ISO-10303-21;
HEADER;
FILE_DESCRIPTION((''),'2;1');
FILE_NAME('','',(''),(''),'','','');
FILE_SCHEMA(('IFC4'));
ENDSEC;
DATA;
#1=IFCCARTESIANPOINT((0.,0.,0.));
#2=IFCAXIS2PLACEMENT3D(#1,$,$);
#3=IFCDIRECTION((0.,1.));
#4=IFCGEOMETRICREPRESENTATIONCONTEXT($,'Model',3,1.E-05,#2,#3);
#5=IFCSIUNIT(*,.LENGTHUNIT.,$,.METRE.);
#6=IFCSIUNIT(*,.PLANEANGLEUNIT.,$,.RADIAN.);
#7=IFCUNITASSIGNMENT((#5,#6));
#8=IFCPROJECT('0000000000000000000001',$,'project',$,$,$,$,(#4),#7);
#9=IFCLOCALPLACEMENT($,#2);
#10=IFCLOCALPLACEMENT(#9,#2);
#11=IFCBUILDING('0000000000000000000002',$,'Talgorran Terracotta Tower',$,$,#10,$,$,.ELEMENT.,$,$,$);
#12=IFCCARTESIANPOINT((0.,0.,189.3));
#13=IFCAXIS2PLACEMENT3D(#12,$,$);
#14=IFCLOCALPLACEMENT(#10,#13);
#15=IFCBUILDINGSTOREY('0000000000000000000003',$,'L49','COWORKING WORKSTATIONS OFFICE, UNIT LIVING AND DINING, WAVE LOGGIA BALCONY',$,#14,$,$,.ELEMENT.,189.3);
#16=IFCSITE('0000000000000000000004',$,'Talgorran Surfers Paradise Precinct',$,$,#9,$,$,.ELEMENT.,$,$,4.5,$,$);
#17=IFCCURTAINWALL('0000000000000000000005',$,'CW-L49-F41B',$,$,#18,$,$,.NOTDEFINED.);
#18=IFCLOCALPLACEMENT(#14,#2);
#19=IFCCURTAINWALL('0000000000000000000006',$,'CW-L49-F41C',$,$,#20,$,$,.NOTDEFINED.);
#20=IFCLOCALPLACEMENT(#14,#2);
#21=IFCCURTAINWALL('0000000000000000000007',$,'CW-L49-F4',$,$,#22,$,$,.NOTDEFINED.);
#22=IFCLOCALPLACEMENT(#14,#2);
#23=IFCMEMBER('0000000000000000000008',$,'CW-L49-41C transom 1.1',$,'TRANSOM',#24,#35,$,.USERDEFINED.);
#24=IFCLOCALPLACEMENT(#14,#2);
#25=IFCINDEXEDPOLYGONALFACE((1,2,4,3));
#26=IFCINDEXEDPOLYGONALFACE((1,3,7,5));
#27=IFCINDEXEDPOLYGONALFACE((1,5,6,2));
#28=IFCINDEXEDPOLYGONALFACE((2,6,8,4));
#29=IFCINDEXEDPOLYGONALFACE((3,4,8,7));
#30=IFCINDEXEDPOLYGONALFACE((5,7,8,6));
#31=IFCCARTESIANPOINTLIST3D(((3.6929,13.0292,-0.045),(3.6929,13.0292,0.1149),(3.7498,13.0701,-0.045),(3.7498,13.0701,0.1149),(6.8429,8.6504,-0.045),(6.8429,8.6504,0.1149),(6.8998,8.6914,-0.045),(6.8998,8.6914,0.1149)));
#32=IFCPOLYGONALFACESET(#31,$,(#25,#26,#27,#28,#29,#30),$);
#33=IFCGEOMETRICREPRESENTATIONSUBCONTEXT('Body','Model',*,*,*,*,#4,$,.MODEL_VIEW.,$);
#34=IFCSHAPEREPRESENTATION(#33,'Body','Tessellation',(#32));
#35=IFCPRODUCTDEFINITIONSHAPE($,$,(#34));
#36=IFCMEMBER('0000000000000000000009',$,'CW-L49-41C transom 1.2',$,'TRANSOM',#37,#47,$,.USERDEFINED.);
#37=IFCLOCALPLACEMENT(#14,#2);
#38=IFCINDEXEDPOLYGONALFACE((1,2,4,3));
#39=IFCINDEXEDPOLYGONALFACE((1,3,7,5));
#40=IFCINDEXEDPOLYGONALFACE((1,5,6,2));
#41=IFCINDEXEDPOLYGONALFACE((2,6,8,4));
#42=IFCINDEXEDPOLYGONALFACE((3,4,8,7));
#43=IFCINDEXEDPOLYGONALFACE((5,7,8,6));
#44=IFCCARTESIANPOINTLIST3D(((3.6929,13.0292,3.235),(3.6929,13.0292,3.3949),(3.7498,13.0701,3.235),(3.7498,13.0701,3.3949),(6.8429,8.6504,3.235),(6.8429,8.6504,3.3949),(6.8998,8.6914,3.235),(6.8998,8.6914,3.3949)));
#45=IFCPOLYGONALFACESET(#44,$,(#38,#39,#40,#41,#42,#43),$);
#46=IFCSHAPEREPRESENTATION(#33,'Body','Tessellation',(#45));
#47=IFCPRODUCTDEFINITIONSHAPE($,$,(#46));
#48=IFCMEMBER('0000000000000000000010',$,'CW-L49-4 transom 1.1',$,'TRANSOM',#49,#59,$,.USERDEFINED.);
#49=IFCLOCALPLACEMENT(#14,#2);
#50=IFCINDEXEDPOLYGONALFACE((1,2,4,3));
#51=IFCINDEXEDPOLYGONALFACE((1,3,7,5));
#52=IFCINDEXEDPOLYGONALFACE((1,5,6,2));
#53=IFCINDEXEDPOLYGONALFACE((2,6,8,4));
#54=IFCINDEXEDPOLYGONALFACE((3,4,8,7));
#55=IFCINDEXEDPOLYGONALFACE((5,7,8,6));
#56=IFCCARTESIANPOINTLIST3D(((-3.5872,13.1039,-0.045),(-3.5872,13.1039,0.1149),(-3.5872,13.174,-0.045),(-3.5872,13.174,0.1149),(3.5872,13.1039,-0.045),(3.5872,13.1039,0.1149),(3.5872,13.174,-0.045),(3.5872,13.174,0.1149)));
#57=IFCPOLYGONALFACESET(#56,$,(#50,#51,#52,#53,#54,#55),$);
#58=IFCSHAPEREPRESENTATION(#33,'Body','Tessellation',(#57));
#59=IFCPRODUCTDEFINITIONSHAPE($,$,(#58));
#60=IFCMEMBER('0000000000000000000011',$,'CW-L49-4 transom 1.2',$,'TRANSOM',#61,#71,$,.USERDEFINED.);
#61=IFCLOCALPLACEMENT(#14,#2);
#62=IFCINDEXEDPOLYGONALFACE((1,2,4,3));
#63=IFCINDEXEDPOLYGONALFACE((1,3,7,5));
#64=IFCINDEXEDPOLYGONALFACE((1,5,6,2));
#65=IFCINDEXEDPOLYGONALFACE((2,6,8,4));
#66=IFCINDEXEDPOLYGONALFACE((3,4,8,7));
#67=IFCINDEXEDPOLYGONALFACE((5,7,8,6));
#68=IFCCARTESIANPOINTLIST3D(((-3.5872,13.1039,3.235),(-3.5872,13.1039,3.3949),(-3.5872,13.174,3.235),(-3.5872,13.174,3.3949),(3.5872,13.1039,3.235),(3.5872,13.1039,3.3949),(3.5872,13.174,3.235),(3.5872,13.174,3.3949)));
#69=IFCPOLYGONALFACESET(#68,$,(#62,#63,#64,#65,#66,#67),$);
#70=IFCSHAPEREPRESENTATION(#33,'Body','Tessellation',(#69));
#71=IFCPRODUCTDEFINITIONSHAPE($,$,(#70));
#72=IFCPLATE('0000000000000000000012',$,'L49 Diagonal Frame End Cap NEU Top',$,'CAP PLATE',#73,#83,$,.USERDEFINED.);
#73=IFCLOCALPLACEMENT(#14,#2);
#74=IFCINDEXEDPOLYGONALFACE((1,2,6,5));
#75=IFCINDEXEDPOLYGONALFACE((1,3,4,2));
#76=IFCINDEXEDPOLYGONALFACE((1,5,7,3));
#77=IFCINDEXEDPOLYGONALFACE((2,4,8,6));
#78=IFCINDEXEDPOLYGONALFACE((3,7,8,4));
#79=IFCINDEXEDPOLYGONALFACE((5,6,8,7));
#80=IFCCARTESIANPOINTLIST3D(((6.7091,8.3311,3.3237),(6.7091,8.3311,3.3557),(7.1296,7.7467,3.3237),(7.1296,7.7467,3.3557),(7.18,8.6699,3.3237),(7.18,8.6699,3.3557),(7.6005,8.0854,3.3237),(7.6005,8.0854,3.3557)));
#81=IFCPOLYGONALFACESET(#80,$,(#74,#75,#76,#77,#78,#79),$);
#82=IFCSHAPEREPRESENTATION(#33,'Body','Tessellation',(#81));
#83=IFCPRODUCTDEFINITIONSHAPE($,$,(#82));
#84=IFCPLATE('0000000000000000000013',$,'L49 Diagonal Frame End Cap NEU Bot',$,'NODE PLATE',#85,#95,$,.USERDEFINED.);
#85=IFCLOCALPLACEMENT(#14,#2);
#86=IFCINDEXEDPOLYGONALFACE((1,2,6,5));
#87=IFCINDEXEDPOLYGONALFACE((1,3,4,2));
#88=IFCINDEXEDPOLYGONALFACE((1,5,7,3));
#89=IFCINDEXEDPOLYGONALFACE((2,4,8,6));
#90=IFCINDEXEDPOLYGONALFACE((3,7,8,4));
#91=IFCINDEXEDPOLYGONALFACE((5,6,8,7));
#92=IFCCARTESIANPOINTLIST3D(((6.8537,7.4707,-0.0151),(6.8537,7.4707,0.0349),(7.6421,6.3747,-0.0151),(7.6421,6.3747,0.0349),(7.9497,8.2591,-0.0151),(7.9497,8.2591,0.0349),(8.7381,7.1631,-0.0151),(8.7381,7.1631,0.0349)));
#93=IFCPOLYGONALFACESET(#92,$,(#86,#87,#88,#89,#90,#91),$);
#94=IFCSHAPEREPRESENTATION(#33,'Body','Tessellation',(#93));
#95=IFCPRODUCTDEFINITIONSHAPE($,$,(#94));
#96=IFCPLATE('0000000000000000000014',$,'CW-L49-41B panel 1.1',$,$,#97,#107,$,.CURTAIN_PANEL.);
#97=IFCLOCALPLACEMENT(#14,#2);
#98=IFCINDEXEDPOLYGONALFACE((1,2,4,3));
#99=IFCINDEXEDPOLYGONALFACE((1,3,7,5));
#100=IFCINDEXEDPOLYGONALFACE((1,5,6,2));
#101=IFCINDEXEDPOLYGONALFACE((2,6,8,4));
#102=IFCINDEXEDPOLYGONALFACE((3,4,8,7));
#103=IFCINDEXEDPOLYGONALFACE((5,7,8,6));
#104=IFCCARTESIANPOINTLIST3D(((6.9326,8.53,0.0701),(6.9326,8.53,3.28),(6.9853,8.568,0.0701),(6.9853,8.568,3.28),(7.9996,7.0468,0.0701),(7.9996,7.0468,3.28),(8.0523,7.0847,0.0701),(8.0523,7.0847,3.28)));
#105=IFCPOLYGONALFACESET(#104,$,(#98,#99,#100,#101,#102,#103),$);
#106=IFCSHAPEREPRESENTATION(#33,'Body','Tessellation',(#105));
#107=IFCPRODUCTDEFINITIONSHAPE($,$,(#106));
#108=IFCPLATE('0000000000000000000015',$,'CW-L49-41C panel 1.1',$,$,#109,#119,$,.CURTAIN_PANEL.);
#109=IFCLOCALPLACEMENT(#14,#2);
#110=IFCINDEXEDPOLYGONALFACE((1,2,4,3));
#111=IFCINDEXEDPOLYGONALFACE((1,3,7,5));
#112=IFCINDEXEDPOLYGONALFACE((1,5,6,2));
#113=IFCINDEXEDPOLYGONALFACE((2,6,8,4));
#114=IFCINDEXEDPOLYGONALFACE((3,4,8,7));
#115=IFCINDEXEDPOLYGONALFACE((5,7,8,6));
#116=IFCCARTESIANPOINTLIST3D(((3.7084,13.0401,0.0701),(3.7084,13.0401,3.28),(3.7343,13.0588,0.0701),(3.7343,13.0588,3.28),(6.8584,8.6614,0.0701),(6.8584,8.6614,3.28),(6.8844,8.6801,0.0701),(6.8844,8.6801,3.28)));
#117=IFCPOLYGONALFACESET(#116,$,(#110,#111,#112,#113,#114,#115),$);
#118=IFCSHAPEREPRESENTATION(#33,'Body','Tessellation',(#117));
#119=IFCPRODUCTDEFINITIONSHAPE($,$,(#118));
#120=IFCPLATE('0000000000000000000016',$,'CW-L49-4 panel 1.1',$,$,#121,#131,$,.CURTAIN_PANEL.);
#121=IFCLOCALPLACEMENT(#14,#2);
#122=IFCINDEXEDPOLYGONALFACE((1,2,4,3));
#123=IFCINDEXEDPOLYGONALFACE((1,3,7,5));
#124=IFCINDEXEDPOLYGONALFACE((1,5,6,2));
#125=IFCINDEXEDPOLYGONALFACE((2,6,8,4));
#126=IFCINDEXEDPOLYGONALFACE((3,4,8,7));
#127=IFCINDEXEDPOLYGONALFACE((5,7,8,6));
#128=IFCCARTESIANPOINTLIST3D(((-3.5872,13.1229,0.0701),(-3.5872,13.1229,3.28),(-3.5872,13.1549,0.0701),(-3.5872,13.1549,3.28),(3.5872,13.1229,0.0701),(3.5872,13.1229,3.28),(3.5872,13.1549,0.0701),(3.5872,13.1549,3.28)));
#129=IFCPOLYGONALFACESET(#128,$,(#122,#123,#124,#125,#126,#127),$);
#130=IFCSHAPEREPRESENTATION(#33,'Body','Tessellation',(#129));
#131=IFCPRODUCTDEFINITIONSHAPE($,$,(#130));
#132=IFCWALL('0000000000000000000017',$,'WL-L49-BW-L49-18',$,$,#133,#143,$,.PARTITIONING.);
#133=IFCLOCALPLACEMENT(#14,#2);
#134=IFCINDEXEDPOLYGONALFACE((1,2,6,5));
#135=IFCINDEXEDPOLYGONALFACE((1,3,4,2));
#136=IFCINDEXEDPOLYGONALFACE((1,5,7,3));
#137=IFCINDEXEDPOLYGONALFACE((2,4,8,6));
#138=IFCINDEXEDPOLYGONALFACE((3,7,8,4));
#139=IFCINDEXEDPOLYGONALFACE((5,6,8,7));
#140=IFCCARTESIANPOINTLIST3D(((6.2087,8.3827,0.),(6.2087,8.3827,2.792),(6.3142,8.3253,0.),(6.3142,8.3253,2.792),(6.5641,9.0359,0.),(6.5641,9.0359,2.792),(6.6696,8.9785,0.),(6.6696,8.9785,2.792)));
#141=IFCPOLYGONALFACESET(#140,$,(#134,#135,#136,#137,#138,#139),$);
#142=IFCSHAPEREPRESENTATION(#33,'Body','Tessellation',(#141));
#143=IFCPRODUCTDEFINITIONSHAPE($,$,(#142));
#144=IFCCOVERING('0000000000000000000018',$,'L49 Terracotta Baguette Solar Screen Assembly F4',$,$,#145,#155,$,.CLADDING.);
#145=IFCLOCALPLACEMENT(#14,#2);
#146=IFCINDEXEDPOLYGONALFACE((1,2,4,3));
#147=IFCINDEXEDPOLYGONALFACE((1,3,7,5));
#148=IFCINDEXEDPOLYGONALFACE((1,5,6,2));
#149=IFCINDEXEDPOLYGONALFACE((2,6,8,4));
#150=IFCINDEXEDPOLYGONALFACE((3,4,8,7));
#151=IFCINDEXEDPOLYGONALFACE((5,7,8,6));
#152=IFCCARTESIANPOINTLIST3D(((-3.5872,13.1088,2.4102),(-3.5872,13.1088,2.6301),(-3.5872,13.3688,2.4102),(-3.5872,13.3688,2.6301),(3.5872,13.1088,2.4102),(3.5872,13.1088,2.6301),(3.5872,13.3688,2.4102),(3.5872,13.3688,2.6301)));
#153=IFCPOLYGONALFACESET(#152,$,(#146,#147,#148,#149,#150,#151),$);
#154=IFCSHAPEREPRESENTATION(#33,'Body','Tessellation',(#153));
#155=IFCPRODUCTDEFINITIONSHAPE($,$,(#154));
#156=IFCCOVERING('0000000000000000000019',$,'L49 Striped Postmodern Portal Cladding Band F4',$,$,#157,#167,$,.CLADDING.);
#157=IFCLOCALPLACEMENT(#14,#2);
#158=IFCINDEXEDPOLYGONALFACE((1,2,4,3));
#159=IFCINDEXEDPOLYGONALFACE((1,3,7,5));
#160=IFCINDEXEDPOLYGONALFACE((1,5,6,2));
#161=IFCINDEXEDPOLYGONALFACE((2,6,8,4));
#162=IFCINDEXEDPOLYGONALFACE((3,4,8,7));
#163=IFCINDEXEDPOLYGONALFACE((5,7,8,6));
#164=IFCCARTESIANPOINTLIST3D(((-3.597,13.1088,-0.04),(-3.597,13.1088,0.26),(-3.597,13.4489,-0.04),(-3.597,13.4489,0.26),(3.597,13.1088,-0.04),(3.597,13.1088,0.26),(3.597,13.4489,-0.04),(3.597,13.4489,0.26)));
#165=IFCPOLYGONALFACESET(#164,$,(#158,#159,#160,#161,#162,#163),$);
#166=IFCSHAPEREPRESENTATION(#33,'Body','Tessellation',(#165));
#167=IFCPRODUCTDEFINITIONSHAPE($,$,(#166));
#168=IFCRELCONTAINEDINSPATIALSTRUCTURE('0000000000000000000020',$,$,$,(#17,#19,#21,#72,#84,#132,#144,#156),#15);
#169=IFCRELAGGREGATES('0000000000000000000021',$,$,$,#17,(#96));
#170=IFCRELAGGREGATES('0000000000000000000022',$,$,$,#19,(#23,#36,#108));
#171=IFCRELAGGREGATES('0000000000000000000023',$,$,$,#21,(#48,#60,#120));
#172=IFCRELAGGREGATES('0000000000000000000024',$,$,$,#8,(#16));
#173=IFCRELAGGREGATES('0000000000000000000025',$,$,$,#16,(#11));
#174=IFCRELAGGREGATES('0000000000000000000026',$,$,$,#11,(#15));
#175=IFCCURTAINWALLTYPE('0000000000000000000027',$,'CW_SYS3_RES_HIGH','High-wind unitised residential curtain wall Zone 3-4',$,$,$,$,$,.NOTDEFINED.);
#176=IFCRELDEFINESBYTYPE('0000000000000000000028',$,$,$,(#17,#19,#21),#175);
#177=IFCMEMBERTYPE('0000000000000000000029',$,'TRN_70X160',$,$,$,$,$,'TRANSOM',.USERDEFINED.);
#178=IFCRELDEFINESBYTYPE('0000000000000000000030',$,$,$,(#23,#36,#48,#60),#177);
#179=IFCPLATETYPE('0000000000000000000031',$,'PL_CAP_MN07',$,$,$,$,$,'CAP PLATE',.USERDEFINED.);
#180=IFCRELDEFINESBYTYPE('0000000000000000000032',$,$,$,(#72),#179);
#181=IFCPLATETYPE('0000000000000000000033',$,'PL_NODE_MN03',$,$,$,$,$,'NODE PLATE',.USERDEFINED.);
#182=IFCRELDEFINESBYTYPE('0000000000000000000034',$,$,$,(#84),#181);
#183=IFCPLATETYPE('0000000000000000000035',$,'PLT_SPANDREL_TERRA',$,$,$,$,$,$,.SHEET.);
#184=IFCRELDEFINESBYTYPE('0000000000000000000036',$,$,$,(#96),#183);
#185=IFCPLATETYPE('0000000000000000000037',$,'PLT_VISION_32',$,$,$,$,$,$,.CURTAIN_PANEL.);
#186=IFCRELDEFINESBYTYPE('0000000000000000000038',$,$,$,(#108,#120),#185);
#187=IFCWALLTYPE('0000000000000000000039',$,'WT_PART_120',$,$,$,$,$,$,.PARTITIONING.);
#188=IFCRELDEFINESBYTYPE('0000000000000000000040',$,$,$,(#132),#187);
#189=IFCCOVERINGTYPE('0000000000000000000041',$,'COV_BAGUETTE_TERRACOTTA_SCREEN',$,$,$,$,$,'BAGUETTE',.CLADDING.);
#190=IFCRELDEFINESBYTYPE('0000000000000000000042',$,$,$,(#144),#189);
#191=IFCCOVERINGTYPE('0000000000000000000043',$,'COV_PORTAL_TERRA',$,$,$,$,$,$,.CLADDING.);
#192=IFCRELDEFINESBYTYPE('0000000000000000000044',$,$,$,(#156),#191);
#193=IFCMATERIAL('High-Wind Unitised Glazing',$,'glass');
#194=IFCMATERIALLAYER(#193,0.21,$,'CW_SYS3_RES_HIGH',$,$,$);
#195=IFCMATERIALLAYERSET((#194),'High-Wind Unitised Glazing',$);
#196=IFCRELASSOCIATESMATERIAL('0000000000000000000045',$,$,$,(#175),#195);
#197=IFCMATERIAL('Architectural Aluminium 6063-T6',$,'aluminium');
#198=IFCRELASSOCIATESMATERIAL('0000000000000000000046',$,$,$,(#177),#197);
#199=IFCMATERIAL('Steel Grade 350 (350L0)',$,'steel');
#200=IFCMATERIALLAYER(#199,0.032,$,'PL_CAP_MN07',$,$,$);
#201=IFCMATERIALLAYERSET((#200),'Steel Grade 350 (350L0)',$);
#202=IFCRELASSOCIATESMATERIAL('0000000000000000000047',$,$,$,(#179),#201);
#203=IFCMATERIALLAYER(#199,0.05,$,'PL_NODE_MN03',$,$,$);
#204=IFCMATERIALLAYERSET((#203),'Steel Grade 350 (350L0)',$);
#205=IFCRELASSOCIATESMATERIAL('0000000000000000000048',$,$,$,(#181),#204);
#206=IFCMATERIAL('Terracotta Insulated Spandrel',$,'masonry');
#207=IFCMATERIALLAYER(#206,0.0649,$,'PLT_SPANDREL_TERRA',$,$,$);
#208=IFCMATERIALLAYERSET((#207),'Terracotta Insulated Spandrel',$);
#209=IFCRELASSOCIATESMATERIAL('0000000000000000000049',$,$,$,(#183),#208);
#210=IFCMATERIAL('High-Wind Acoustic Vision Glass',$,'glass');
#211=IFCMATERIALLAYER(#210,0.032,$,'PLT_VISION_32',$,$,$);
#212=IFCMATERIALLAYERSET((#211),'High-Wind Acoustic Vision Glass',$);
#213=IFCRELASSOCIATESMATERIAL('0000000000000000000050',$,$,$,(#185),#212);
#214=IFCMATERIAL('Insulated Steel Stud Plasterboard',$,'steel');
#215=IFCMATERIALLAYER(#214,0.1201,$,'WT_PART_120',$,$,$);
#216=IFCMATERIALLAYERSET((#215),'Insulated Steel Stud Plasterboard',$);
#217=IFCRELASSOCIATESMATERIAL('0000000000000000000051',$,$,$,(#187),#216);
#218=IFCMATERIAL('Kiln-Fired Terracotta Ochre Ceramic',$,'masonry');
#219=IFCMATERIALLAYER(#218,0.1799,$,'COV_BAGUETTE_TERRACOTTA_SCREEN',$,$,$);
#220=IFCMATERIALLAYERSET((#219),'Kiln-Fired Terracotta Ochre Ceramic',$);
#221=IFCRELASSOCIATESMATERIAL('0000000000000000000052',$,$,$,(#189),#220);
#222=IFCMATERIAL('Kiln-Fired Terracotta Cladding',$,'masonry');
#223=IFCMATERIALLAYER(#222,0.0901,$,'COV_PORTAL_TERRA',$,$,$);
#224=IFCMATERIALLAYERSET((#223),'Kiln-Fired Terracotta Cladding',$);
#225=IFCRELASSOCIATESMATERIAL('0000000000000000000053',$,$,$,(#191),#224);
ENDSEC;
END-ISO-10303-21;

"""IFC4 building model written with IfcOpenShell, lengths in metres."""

from ifc_helpers import new_model, si_unit, direction, frame, frame_2d, origin, origin_2d, place, context, subcontext, project, spatial, rectangle, extrude, source, transform, mapped, material, layer, layer_set, material_profile, profile_set, type_object, type_shapes, element, aggregate, save


model = new_model("IFC4")

# Units and contexts
model_context = context("Model", 3, precision=1e-05, world=origin(), true_north=direction((0.0, 1.0)))
body_context = subcontext(model_context, "Body", "Model", "MODEL_VIEW")
ifc_project = project(units=[si_unit("LENGTHUNIT", "METRE"), si_unit("PLANEANGLEUNIT", "RADIAN")], contexts=[model_context])

# Site, building, storey
site_placement = place(None, origin())
site = spatial("IfcSite", under=ifc_project, at=site_placement, Name="Talgorran Surfers Paradise Precinct", CompositionType="ELEMENT", RefElevation=4.5)
building_placement = place(site_placement, origin())
building = spatial("IfcBuilding", under=site, at=building_placement, Name="Talgorran Terracotta Tower", CompositionType="ELEMENT")
storey_placement = place(building_placement, frame((0.0, 0.0, 189.3)))
storey = spatial("IfcBuildingStorey", under=building, at=storey_placement, Name="L49", Description="COWORKING WORKSTATIONS OFFICE, UNIT LIVING AND DINING, WAVE LOGGIA BALCONY", CompositionType="ELEMENT", Elevation=189.3)

# Shared definitions
ifc_material_1 = material(Name="Steel Grade 350 (350L0)", Category="steel")

# Curtain wall
ifc_material_2 = material(Name="High-Wind Unitised Glazing", Category="glass")
ifc_layer_1 = layer(ifc_material_2, 0.21, Name="CW_SYS3_RES_HIGH")
ifc_layer_set_1 = layer_set([ifc_layer_1], Name="High-Wind Unitised Glazing")
curtain_wall_type = type_object("IfcCurtainWallType", Name="CW_SYS3_RES_HIGH", Description="High-wind unitised residential curtain wall Zone 3-4", PredefinedType="NOTDEFINED", material=ifc_layer_set_1)
curtain_wall_1_placement = place(storey_placement, origin())
curtain_wall_1 = element("IfcCurtainWall", 1, at=curtain_wall_1_placement, inside=storey, type_object=curtain_wall_type, Name="CW-L49-F41B", PredefinedType="NOTDEFINED")
ifc_material_3 = material(Name="Architectural Aluminium 6063-T6", Category="aluminium")

# Curtain wall
curtain_wall_2_placement = place(storey_placement, origin())
curtain_wall_2 = element("IfcCurtainWall", 2, at=curtain_wall_2_placement, inside=storey, type_object=curtain_wall_type, Name="CW-L49-F41C", PredefinedType="NOTDEFINED")

# Curtain wall
curtain_wall_3_placement = place(storey_placement, origin())
curtain_wall_3 = element("IfcCurtainWall", 3, at=curtain_wall_3_placement, inside=storey, type_object=curtain_wall_type, Name="CW-L49-F4", PredefinedType="NOTDEFINED")

# Members
ifc_material_profile_1 = material_profile(ifc_material_3, rectangle(XDim=0.0701, YDim=0.1599, at=origin_2d()), Name="CWT70X160")
ifc_profile_set_1 = profile_set([ifc_material_profile_1], Name="Architectural Aluminium 6063-T6")
member_type_1 = type_object("IfcMemberType", Name="TRN_70X160", ElementType="TRANSOM", PredefinedType="USERDEFINED", material=ifc_profile_set_1)
member_1_placement = place(storey_placement, frame((6.8713, 8.6709, 0.0349), z_axis=(-0.583971, 0.811775, 0.0), x_axis=(-0.811775, -0.583971, 0.0)))
member_1 = element("IfcMember", 4, at=member_1_placement, type_object=member_type_1, Name="CW-L49-41C transom 1.1", ObjectType="TRANSOM", PredefinedType="USERDEFINED", context=body_context, shape_type="SweptSolid", body=[
    extrude(rectangle(XDim=0.0701, YDim=0.1599, at=origin_2d()), origin(), (0.0, 0.0, 1.0), 5.394),
])
member_2_placement = place(storey_placement, frame((6.8713, 8.6709, 3.3149), z_axis=(-0.583971, 0.811775, 0.0), x_axis=(-0.811775, -0.583971, 0.0)))
member_2 = element("IfcMember", 5, at=member_2_placement, type_object=member_type_1, Name="CW-L49-41C transom 1.2", ObjectType="TRANSOM", PredefinedType="USERDEFINED", context=body_context, shape_type="SweptSolid", body=[
    extrude(rectangle(XDim=0.0701, YDim=0.1599, at=origin_2d()), origin(), (0.0, 0.0, 1.0), 5.394),
])
member_3_placement = place(storey_placement, frame((3.5872, 13.1389, 0.0349), z_axis=(-1.0, 0.0, 0.0), x_axis=(0.0, -1.0, 0.0)))
member_3 = element("IfcMember", 6, at=member_3_placement, type_object=member_type_1, Name="CW-L49-4 transom 1.1", ObjectType="TRANSOM", PredefinedType="USERDEFINED", context=body_context, shape_type="SweptSolid", body=[
    extrude(rectangle(XDim=0.0701, YDim=0.1599, at=origin_2d()), origin(), (0.0, 0.0, 1.0), 7.1743),
])
member_4_placement = place(storey_placement, frame((3.5872, 13.1389, 3.3149), z_axis=(-1.0, 0.0, 0.0), x_axis=(0.0, -1.0, 0.0)))
member_4 = element("IfcMember", 7, at=member_4_placement, type_object=member_type_1, Name="CW-L49-4 transom 1.2", ObjectType="TRANSOM", PredefinedType="USERDEFINED", context=body_context, shape_type="SweptSolid", body=[
    extrude(rectangle(XDim=0.0701, YDim=0.1599, at=origin_2d()), origin(), (0.0, 0.0, 1.0), 7.1743),
])

# Plates
ifc_layer_2 = layer(ifc_material_1, 0.032, Name="PL_CAP_MN07")
ifc_layer_set_2 = layer_set([ifc_layer_2], Name="Steel Grade 350 (350L0)")
plate_type_1 = type_object("IfcPlateType", Name="PL_CAP_MN07", ElementType="CAP PLATE", PredefinedType="USERDEFINED", material=ifc_layer_set_2)
plate_1_placement = place(storey_placement, frame((7.1548, 8.2083, 3.3237), z_axis=(0.0, 0.0, 1.0), x_axis=(-0.583966, 0.811778, 0.0)))
element("IfcPlate", 8, at=plate_1_placement, inside=storey, type_object=plate_type_1, Name="L49 Diagonal Frame End Cap NEU Top", ObjectType="CAP PLATE", PredefinedType="USERDEFINED", context=body_context, shape_type="SweptSolid", body=[
    extrude(rectangle(XDim=0.72, YDim=0.5801, at=origin_2d()), origin(), (0.0, 0.0, 1.0), 0.032),
])
ifc_layer_3 = layer(ifc_material_1, 0.05, Name="PL_NODE_MN03")
ifc_layer_set_3 = layer_set([ifc_layer_3], Name="Steel Grade 350 (350L0)")
plate_type_2 = type_object("IfcPlateType", Name="PL_NODE_MN03", ElementType="NODE PLATE", PredefinedType="USERDEFINED", material=ifc_layer_set_3)
plate_2_placement = place(storey_placement, frame((7.7959, 7.3169, -0.0151), z_axis=(0.0, 0.0, 1.0), x_axis=(-0.583966, 0.811778, 0.0)))
element("IfcPlate", 9, at=plate_2_placement, inside=storey, type_object=plate_type_2, Name="L49 Diagonal Frame End Cap NEU Bot", ObjectType="NODE PLATE", PredefinedType="USERDEFINED", context=body_context, shape_type="SweptSolid", body=[
    extrude(rectangle(XDim=1.3501, YDim=1.3501, at=origin_2d()), origin(), (0.0, 0.0, 1.0), 0.05),
])

# Plates
ifc_material_4 = material(Name="Terracotta Insulated Spandrel", Category="masonry")
ifc_layer_4 = layer(ifc_material_4, 0.0649, Name="PLT_SPANDREL_TERRA")
ifc_layer_set_4 = layer_set([ifc_layer_4], Name="Terracotta Insulated Spandrel")
plate_type_3 = type_object("IfcPlateType", Name="PLT_SPANDREL_TERRA", PredefinedType="SHEET", material=ifc_layer_set_4)
shared_shape_1 = source(origin(), body_context, "Body", "SweptSolid", [
    extrude(rectangle(XDim=1.8271, YDim=0.0649, at=origin_2d()), origin(), (0.0, 0.0, 1.0), 3.21),
])
type_shapes(plate_type_3, [shared_shape_1])
plate_3_placement = place(storey_placement, frame((7.4924, 7.8074, 0.0701), z_axis=(0.0, 0.0, 1.0), x_axis=(-0.583957, 0.811785, 0.0)))
plate_3 = element("IfcPlate", 10, at=plate_3_placement, type_object=plate_type_3, Name="CW-L49-41B panel 1.1", PredefinedType="CURTAIN_PANEL", context=body_context, shape_type="MappedRepresentation", body=[
    mapped(shared_shape_1, transform((0.0, 0.0, 0.0), scale=1.0)),
])
aggregate(curtain_wall_1, [plate_3])
ifc_material_5 = material(Name="High-Wind Acoustic Vision Glass", Category="glass")
ifc_layer_5 = layer(ifc_material_5, 0.032, Name="PLT_VISION_32")
ifc_layer_set_5 = layer_set([ifc_layer_5], Name="High-Wind Acoustic Vision Glass")
plate_type_4 = type_object("IfcPlateType", Name="PLT_VISION_32", PredefinedType="CURTAIN_PANEL", material=ifc_layer_set_5)
shared_shape_2 = source(origin(), body_context, "Body", "SweptSolid", [
    extrude(rectangle(XDim=5.394, YDim=0.032, at=origin_2d()), origin(), (0.0, 0.0, 1.0), 3.21),
])
plate_4_placement = place(storey_placement, frame((5.2964, 10.8601, 0.0701), z_axis=(0.0, 0.0, 1.0), x_axis=(-0.583989, 0.811762, 0.0)))
plate_4 = element("IfcPlate", 11, at=plate_4_placement, type_object=plate_type_4, Name="CW-L49-41C panel 1.1", PredefinedType="CURTAIN_PANEL", context=body_context, shape_type="MappedRepresentation", body=[
    mapped(shared_shape_2, transform((0.0, 0.0, 0.0), scale=1.0)),
])
aggregate(curtain_wall_2, [member_1, member_2, plate_4])
shared_shape_3 = source(origin(), body_context, "Body", "SweptSolid", [
    extrude(rectangle(XDim=7.1743, YDim=0.032, at=origin_2d()), origin(), (0.0, 0.0, 1.0), 3.21),
])
type_shapes(plate_type_4, [shared_shape_2, shared_shape_3])
plate_5_placement = place(storey_placement, frame((0.0, 13.1389, 0.0701), z_axis=(0.0, 0.0, 1.0), x_axis=(-1.0, 0.0, 0.0)))
plate_5 = element("IfcPlate", 12, at=plate_5_placement, type_object=plate_type_4, Name="CW-L49-4 panel 1.1", PredefinedType="CURTAIN_PANEL", context=body_context, shape_type="MappedRepresentation", body=[
    mapped(shared_shape_3, transform((0.0, 0.0, 0.0), scale=1.0)),
])
aggregate(curtain_wall_3, [member_3, member_4, plate_5])

# Wall
ifc_material_6 = material(Name="Insulated Steel Stud Plasterboard", Category="steel")
ifc_layer_6 = layer(ifc_material_6, 0.1201, Name="WT_PART_120")
ifc_layer_set_6 = layer_set([ifc_layer_6], Name="Insulated Steel Stud Plasterboard")
wall_type = type_object("IfcWallType", Name="WT_PART_120", PredefinedType="PARTITIONING", material=ifc_layer_set_6)
wall_placement = place(storey_placement, frame((6.2615, 8.354, 0.0), z_axis=(0.0, 0.0, 1.0), x_axis=(0.477932, 0.878397, 0.0)))
element("IfcWall", 13, at=wall_placement, inside=storey, type_object=wall_type, Name="WL-L49-BW-L49-18", PredefinedType="PARTITIONING", context=body_context, shape_type="SweptSolid", body=[
    extrude(rectangle(XDim=0.7437, YDim=0.1201, at=frame_2d((0.3718, 0.0))), origin(), (0.0, 0.0, 1.0), 2.792),
])

# Coverings
ifc_material_7 = material(Name="Kiln-Fired Terracotta Ochre Ceramic", Category="masonry")
ifc_layer_7 = layer(ifc_material_7, 0.1799, Name="COV_BAGUETTE_TERRACOTTA_SCREEN")
ifc_layer_set_7 = layer_set([ifc_layer_7], Name="Kiln-Fired Terracotta Ochre Ceramic")
covering_type_1 = type_object("IfcCoveringType", Name="COV_BAGUETTE_TERRACOTTA_SCREEN", ElementType="BAGUETTE", PredefinedType="CLADDING", material=ifc_layer_set_7)
covering_1_placement = place(storey_placement, frame((0.0, 13.2388, 2.4102), z_axis=(0.0, 0.0, 1.0), x_axis=(-1.0, 0.0, 0.0)))
element("IfcCovering", 14, at=covering_1_placement, inside=storey, type_object=covering_type_1, Name="L49 Terracotta Baguette Solar Screen Assembly F4", PredefinedType="CLADDING", context=body_context, shape_type="SweptSolid", body=[
    extrude(rectangle(XDim=7.1743, YDim=0.26, at=origin_2d()), origin(), (0.0, 0.0, 1.0), 0.22),
])
ifc_material_8 = material(Name="Kiln-Fired Terracotta Cladding", Category="masonry")
ifc_layer_8 = layer(ifc_material_8, 0.0901, Name="COV_PORTAL_TERRA")
ifc_layer_set_8 = layer_set([ifc_layer_8], Name="Kiln-Fired Terracotta Cladding")
covering_type_2 = type_object("IfcCoveringType", Name="COV_PORTAL_TERRA", PredefinedType="CLADDING", material=ifc_layer_set_8)
covering_2_placement = place(storey_placement, frame((0.0, 13.2788, -0.04), z_axis=(0.0, 0.0, 1.0), x_axis=(-1.0, 0.0, 0.0)))
element("IfcCovering", 15, at=covering_2_placement, inside=storey, type_object=covering_type_2, Name="L49 Striped Postmodern Portal Cladding Band F4", PredefinedType="CLADDING", context=body_context, shape_type="SweptSolid", body=[
    extrude(rectangle(XDim=7.1941, YDim=0.3401, at=origin_2d()), origin(), (0.0, 0.0, 1.0), 0.3),
])

save(model, "model.ifc")
